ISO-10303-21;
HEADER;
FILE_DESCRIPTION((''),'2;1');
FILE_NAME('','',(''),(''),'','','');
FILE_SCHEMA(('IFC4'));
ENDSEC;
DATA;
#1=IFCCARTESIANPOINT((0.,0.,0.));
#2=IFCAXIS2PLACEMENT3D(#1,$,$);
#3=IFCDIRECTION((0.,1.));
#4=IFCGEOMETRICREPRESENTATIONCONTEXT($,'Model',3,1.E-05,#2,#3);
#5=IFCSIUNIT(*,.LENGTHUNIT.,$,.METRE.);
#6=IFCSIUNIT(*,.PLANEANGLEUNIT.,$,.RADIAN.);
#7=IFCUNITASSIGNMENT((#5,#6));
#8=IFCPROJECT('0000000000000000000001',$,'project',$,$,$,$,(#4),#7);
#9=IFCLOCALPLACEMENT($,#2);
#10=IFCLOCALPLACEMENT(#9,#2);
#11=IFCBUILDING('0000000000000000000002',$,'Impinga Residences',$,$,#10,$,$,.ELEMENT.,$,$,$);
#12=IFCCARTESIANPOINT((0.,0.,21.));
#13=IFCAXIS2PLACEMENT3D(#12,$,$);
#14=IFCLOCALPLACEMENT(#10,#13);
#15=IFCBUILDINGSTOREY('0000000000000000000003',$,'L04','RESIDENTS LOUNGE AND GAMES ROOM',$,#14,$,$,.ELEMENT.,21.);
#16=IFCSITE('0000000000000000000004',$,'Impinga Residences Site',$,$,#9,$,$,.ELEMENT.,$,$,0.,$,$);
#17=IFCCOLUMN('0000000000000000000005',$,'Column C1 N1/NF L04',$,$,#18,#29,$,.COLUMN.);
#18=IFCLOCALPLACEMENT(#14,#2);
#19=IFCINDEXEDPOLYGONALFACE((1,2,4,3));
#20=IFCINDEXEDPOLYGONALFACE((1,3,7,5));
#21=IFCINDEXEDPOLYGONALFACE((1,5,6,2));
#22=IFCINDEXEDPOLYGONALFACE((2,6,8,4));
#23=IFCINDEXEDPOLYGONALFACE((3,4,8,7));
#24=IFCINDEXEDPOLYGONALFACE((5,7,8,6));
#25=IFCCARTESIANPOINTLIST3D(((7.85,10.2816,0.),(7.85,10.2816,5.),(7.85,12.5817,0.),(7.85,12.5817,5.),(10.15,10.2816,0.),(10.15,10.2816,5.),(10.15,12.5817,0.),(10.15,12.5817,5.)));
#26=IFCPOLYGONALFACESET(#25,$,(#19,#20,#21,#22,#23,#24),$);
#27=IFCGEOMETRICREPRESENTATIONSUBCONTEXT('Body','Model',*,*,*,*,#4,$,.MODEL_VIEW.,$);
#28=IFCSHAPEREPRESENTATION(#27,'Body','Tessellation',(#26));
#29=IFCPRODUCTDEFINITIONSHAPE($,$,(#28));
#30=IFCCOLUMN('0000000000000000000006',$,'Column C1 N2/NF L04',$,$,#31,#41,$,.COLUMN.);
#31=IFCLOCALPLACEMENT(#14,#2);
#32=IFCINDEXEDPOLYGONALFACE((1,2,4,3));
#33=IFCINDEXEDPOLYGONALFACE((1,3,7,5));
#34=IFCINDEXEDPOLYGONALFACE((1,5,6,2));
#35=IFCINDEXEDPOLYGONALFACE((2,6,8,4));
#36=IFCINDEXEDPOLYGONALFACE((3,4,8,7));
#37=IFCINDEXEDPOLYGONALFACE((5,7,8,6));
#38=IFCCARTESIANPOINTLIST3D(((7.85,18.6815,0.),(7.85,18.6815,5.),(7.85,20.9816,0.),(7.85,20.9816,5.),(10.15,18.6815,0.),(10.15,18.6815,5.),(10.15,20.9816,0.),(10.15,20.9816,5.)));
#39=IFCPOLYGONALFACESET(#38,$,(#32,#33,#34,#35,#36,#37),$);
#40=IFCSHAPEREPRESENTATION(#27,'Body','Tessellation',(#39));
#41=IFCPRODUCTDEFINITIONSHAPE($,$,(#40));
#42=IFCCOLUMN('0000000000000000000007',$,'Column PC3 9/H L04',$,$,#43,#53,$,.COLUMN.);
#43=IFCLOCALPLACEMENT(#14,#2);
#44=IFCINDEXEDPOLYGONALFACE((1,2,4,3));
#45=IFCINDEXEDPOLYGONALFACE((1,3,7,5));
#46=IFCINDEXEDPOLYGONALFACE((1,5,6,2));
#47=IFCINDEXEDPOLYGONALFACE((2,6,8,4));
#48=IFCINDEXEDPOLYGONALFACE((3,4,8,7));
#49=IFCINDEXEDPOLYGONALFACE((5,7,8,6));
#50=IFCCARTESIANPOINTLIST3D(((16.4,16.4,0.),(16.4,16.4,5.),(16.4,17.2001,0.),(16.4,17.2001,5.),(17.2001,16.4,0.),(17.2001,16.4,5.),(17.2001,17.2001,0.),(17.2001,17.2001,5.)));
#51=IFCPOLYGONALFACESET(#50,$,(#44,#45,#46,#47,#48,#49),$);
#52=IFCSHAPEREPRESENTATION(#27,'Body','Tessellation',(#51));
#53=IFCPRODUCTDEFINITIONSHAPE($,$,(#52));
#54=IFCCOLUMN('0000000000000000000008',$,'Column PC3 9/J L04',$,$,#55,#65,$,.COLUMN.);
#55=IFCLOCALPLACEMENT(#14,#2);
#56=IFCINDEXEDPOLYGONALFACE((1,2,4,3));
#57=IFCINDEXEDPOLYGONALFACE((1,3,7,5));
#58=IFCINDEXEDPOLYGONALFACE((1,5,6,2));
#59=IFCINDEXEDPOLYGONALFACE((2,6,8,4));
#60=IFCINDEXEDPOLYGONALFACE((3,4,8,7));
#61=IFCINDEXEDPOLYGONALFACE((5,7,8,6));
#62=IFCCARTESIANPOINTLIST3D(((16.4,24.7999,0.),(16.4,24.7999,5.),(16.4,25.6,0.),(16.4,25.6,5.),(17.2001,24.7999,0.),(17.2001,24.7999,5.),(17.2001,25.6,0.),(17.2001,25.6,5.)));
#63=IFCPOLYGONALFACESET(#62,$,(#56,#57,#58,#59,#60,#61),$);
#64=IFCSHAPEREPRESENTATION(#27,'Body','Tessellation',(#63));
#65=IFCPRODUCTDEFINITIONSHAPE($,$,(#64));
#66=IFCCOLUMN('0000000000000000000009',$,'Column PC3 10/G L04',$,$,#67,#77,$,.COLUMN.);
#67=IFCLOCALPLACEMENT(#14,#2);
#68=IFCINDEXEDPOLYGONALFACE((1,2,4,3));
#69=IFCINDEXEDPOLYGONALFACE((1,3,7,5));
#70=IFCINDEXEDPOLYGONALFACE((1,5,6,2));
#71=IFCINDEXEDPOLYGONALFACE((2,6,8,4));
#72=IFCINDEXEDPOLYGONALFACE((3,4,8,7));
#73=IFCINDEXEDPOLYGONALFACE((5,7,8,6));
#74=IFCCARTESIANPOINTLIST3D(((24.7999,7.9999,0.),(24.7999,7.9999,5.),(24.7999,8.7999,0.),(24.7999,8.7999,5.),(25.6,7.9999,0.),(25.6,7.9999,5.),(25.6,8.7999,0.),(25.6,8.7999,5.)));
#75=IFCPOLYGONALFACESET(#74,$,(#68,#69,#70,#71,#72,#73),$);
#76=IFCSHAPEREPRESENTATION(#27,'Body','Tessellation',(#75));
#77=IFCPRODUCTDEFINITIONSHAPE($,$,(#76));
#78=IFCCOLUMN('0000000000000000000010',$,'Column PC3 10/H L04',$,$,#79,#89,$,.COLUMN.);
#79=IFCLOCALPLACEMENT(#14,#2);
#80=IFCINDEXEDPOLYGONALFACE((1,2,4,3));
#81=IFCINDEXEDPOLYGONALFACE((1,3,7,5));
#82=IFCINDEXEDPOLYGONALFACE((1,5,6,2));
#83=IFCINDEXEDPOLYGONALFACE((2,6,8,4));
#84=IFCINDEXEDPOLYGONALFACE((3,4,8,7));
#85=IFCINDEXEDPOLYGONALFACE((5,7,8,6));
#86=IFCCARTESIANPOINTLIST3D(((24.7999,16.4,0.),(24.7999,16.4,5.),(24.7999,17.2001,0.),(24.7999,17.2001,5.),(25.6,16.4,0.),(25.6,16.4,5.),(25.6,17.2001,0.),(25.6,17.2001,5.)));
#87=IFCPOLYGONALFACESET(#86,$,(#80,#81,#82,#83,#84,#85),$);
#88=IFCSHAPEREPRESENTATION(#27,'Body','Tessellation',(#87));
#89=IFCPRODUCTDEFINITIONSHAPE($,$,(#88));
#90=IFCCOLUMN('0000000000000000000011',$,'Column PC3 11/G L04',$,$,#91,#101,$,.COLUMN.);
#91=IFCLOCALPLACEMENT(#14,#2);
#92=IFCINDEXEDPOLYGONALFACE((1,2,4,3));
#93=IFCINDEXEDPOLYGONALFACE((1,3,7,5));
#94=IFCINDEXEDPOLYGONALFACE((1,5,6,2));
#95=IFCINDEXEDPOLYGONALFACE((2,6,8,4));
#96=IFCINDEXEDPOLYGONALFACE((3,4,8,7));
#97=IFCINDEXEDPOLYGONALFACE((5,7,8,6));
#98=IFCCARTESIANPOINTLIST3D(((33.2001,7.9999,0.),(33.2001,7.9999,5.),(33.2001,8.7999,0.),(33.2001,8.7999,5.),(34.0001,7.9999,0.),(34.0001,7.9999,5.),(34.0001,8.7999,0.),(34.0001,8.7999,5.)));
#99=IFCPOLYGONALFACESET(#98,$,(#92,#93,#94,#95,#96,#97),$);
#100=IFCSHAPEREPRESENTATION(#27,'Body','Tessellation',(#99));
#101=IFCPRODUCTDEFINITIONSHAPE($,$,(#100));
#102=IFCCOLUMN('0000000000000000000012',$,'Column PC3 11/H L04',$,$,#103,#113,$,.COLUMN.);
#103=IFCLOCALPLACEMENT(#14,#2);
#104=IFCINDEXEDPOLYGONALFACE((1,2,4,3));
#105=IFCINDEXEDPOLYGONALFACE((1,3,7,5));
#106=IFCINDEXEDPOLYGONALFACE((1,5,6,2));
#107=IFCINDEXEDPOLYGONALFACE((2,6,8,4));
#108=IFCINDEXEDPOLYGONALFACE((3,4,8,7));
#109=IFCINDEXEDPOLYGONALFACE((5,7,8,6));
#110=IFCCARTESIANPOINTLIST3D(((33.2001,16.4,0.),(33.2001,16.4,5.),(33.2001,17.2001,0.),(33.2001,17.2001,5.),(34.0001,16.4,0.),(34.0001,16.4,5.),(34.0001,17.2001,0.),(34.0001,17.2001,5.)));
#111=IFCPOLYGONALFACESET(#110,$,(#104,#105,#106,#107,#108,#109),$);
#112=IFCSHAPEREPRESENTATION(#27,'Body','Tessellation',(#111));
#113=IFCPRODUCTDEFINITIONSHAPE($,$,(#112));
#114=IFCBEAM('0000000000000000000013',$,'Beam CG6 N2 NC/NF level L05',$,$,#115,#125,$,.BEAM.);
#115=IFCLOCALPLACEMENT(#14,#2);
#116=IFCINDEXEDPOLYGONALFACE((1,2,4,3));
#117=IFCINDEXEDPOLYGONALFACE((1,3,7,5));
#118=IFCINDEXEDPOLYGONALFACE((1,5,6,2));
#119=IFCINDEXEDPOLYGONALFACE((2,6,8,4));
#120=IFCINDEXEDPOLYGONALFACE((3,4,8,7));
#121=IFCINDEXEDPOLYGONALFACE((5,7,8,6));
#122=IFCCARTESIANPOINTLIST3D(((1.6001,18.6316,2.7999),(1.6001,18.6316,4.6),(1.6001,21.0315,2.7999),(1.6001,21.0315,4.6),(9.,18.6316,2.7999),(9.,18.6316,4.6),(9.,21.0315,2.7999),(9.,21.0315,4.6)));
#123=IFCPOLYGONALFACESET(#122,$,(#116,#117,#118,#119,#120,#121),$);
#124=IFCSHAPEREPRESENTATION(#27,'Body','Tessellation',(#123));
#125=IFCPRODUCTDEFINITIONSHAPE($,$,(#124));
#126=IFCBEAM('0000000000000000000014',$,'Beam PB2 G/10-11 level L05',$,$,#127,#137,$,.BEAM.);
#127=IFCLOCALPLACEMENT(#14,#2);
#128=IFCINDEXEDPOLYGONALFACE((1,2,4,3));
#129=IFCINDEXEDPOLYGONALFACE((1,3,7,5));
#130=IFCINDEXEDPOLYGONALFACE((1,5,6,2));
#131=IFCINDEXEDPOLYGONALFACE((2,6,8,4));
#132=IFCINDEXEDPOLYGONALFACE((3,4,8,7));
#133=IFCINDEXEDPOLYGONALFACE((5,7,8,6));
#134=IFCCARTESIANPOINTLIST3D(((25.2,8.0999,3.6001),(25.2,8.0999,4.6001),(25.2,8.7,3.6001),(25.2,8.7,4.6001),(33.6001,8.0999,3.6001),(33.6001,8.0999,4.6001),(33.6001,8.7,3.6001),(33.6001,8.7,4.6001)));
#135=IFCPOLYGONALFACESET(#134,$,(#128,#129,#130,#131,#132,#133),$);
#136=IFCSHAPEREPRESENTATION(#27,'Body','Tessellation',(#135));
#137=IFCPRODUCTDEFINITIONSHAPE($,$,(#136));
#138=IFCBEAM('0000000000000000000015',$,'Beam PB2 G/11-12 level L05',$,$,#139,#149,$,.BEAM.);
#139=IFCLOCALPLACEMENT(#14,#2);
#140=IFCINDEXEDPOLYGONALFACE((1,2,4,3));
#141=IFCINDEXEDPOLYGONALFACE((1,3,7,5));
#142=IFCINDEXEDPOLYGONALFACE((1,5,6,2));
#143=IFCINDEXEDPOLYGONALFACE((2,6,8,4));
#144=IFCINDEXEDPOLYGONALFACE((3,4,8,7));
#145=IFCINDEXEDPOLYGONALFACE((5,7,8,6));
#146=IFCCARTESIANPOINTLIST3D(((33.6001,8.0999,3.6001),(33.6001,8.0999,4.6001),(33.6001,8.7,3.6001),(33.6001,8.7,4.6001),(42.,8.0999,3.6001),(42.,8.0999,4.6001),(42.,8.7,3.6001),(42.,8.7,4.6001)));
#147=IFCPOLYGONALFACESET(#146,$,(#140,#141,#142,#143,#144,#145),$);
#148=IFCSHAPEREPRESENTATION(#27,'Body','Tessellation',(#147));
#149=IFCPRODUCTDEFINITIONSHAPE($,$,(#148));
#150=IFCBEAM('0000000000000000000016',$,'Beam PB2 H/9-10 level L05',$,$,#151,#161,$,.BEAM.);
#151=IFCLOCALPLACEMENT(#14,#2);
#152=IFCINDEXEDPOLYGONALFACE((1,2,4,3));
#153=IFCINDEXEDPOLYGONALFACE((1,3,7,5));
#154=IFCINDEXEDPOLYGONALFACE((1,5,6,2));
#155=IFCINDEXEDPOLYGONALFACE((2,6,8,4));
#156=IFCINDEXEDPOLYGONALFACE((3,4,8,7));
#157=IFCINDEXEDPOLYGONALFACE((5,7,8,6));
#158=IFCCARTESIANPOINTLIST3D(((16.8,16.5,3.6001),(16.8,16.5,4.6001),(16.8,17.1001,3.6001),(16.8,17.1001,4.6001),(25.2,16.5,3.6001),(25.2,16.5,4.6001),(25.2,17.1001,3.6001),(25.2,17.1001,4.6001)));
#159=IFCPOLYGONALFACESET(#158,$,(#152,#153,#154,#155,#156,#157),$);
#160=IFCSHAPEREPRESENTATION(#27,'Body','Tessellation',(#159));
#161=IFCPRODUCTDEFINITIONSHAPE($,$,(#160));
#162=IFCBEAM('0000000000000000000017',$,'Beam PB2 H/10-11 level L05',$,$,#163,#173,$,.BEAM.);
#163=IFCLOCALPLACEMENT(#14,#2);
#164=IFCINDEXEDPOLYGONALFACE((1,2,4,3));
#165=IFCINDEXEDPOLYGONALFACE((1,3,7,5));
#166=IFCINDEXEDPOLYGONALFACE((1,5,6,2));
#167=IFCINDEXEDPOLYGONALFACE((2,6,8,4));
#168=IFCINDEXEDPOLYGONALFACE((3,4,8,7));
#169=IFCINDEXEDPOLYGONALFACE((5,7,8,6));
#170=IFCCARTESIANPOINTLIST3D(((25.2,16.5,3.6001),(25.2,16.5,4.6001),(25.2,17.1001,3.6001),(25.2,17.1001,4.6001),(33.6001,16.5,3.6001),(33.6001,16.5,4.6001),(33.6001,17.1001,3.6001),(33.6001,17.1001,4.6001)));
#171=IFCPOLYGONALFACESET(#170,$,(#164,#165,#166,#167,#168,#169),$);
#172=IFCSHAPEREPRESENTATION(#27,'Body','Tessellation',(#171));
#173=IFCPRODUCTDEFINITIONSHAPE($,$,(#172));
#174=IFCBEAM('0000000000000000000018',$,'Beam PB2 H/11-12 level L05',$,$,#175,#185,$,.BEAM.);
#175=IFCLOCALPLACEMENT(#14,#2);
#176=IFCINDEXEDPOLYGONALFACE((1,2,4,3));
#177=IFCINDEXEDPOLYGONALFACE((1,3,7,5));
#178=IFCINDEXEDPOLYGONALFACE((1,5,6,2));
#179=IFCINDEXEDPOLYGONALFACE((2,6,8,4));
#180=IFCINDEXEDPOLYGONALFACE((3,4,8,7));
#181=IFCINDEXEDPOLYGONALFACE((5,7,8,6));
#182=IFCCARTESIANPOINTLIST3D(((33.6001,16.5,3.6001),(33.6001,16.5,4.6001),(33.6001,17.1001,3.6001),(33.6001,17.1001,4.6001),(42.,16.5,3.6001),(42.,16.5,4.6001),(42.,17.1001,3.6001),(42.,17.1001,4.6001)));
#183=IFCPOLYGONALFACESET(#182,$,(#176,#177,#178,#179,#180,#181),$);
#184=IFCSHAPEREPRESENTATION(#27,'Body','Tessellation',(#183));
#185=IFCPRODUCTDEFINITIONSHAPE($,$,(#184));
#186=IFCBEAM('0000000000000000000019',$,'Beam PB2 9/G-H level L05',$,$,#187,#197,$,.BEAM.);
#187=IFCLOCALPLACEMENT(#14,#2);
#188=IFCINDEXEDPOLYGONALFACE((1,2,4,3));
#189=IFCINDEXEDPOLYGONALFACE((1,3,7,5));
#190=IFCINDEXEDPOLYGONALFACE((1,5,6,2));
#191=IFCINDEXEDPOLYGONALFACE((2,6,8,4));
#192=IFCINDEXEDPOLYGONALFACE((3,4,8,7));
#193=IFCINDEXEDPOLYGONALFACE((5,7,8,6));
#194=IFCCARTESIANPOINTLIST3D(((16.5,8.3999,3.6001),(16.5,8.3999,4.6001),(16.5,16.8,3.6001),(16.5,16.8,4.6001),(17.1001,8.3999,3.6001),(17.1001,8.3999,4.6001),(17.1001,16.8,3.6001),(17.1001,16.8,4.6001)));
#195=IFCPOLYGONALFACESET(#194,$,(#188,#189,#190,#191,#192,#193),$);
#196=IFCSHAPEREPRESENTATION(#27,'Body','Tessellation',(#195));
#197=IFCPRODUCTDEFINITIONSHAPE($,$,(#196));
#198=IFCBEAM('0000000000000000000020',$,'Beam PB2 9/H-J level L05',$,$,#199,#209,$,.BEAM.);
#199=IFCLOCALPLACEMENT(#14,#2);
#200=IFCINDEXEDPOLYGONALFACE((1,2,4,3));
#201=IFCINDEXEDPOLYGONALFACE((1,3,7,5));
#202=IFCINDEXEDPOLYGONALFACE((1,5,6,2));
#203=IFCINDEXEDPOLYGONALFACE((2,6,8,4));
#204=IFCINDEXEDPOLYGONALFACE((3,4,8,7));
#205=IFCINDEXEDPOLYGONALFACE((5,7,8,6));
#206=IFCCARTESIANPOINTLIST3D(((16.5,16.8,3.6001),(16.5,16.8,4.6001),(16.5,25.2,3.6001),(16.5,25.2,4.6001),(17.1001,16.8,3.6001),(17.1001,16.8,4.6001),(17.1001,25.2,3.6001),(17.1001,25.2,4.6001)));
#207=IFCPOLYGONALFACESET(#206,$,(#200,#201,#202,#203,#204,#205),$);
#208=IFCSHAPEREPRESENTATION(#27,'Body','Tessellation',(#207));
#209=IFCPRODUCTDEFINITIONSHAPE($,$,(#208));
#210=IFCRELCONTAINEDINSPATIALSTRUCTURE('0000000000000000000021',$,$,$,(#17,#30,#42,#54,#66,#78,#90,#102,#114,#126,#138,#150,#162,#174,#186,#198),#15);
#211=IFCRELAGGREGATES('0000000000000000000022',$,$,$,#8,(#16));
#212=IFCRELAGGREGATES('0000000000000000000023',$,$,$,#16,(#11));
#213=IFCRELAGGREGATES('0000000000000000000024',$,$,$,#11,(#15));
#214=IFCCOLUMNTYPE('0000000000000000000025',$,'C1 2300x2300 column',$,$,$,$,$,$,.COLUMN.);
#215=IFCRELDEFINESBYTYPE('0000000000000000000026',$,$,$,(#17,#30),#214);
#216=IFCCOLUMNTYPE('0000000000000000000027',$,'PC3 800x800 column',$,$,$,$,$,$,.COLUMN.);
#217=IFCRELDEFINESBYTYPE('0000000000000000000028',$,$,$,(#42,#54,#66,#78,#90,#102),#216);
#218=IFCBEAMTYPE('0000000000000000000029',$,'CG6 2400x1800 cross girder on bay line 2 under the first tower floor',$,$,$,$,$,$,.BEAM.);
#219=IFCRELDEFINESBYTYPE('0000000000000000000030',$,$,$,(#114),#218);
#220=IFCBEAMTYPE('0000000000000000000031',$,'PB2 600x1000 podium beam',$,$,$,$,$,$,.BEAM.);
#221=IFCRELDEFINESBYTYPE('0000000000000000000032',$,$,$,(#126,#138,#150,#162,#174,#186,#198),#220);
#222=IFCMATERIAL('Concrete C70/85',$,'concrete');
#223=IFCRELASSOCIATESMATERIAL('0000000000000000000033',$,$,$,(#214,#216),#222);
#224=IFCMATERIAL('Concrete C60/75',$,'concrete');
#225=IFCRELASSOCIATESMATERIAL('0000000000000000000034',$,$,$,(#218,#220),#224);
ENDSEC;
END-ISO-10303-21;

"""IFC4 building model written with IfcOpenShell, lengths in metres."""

from ifc_helpers import new_model, si_unit, direction, frame, origin, origin_2d, place, context, subcontext, project, spatial, rectangle, extrude, material, material_profile, profile_set, type_object, element, save


model = new_model("IFC4")

# Units and contexts
model_context = context("Model", 3, precision=1e-05, world=origin(), true_north=direction((0.0, 1.0)))
body_context = subcontext(model_context, "Body", "Model", "MODEL_VIEW")
ifc_project = project(units=[si_unit("LENGTHUNIT", "METRE"), si_unit("PLANEANGLEUNIT", "RADIAN")], contexts=[model_context])

# Site, building, storey
site_placement = place(None, origin())
site = spatial("IfcSite", under=ifc_project, at=site_placement, Name="Impinga Residences Site", CompositionType="ELEMENT", RefElevation=0.0)
building_placement = place(site_placement, origin())
building = spatial("IfcBuilding", under=site, at=building_placement, Name="Impinga Residences", CompositionType="ELEMENT")
storey_placement = place(building_placement, frame((0.0, 0.0, 21.0)))
storey = spatial("IfcBuildingStorey", under=building, at=storey_placement, Name="L04", Description="RESIDENTS LOUNGE AND GAMES ROOM", CompositionType="ELEMENT", Elevation=21.0)

# Columns
ifc_material_1 = material(Name="Concrete C70/85", Category="concrete")
ifc_material_profile_1 = material_profile(ifc_material_1, rectangle(XDim=2.3, YDim=2.3, at=origin_2d()), Name="RC 2300x2300")
ifc_profile_set_1 = profile_set([ifc_material_profile_1], Name="Concrete C70/85")
column_type_1 = type_object("IfcColumnType", Name="C1 2300x2300 column", PredefinedType="COLUMN", material=ifc_profile_set_1)
for number, where, z_axis, x_axis, name in (
    (1, (9.0, 11.4316, 0.0), (0.0, 0.0, 1.0), (1.0, 0.0, 0.0), "Column C1 N1/NF L04"),
    (2, (9.0, 19.8315, 0.0), (0.0, 0.0, 1.0), (1.0, 0.0, 0.0), "Column C1 N2/NF L04"),
):
    element("IfcColumn", number, at=place(storey_placement, frame(where, z_axis=z_axis, x_axis=x_axis)), inside=storey, type_object=column_type_1, Name=name, PredefinedType="COLUMN", context=body_context, shape_type="SweptSolid", body=[
        extrude(rectangle(XDim=2.3, YDim=2.3, at=origin_2d()), origin(), (0.0, 0.0, 1.0), 5.0),
    ])
ifc_material_profile_2 = material_profile(ifc_material_1, rectangle(XDim=0.8, YDim=0.8, at=origin_2d()), Name="RC 800x800")
ifc_profile_set_2 = profile_set([ifc_material_profile_2], Name="Concrete C70/85")
column_type_2 = type_object("IfcColumnType", Name="PC3 800x800 column", PredefinedType="COLUMN", material=ifc_profile_set_2)
for number, where, z_axis, x_axis, name in (
    (3, (16.8, 16.8, 0.0), (0.0, 0.0, 1.0), (1.0, 0.0, 0.0), "Column PC3 9/H L04"),
    (4, (16.8, 25.2, 0.0), (0.0, 0.0, 1.0), (1.0, 0.0, 0.0), "Column PC3 9/J L04"),
    (5, (25.2, 8.3999, 0.0), (0.0, 0.0, 1.0), (1.0, 0.0, 0.0), "Column PC3 10/G L04"),
    (6, (25.2, 16.8, 0.0), (0.0, 0.0, 1.0), (1.0, 0.0, 0.0), "Column PC3 10/H L04"),
    (7, (33.6001, 8.3999, 0.0), (0.0, 0.0, 1.0), (1.0, 0.0, 0.0), "Column PC3 11/G L04"),
    (8, (33.6001, 16.8, 0.0), (0.0, 0.0, 1.0), (1.0, 0.0, 0.0), "Column PC3 11/H L04"),
):
    element("IfcColumn", number, at=place(storey_placement, frame(where, z_axis=z_axis, x_axis=x_axis)), inside=storey, type_object=column_type_2, Name=name, PredefinedType="COLUMN", context=body_context, shape_type="SweptSolid", body=[
        extrude(rectangle(XDim=0.8, YDim=0.8, at=origin_2d()), origin(), (0.0, 0.0, 1.0), 5.0),
    ])

# Beams
ifc_material_2 = material(Name="Concrete C60/75", Category="concrete")
ifc_material_profile_3 = material_profile(ifc_material_2, rectangle(XDim=2.3999, YDim=1.8, at=origin_2d()), Name="RC 2400x1800")
ifc_profile_set_3 = profile_set([ifc_material_profile_3], Name="Concrete C60/75")
beam_type_1 = type_object("IfcBeamType", Name="CG6 2400x1800 cross girder on bay line 2 under the first tower floor", PredefinedType="BEAM", material=ifc_profile_set_3)
beam_1_placement = place(storey_placement, frame((1.6001, 19.8315, 3.7), z_axis=(1.0, 0.0, 0.0), x_axis=(0.0, 1.0, 0.0)))
element("IfcBeam", 9, at=beam_1_placement, inside=storey, type_object=beam_type_1, Name="Beam CG6 N2 NC/NF level L05", PredefinedType="BEAM", context=body_context, shape_type="SweptSolid", body=[
    extrude(rectangle(XDim=2.3999, YDim=1.8, at=origin_2d()), origin(), (0.0, 0.0, 1.0), 7.3999),
])
ifc_material_profile_4 = material_profile(ifc_material_2, rectangle(XDim=0.6001, YDim=1.0, at=origin_2d()), Name="RC 600x1000")
ifc_profile_set_4 = profile_set([ifc_material_profile_4], Name="Concrete C60/75")
beam_type_2 = type_object("IfcBeamType", Name="PB2 600x1000 podium beam", PredefinedType="BEAM", material=ifc_profile_set_4)
beam_2_placement = place(storey_placement, frame((25.2, 8.3999, 4.1001), z_axis=(1.0, 0.0, 0.0), x_axis=(0.0, 1.0, 0.0)))
element("IfcBeam", 10, at=beam_2_placement, inside=storey, type_object=beam_type_2, Name="Beam PB2 G/10-11 level L05", PredefinedType="BEAM", context=body_context, shape_type="SweptSolid", body=[
    extrude(rectangle(XDim=0.6001, YDim=1.0, at=origin_2d()), origin(), (0.0, 0.0, 1.0), 8.4001),
])
for number, where, z_axis, x_axis, name in (
    (11, (33.6001, 8.3999, 4.1001), (1.0, 0.0, 0.0), (0.0, 1.0, 0.0), "Beam PB2 G/11-12 level L05"),
    (12, (16.8, 16.8, 4.1001), (1.0, 0.0, 0.0), (0.0, 1.0, 0.0), "Beam PB2 H/9-10 level L05"),
):
    element("IfcBeam", number, at=place(storey_placement, frame(where, z_axis=z_axis, x_axis=x_axis)), inside=storey, type_object=beam_type_2, Name=name, PredefinedType="BEAM", context=body_context, shape_type="SweptSolid", body=[
        extrude(rectangle(XDim=0.6001, YDim=1.0, at=origin_2d()), origin(), (0.0, 0.0, 1.0), 8.3999),
    ])
beam_3_placement = place(storey_placement, frame((25.2, 16.8, 4.1001), z_axis=(1.0, 0.0, 0.0), x_axis=(0.0, 1.0, 0.0)))
element("IfcBeam", 13, at=beam_3_placement, inside=storey, type_object=beam_type_2, Name="Beam PB2 H/10-11 level L05", PredefinedType="BEAM", context=body_context, shape_type="SweptSolid", body=[
    extrude(rectangle(XDim=0.6001, YDim=1.0, at=origin_2d()), origin(), (0.0, 0.0, 1.0), 8.4001),
])
beam_4_placement = place(storey_placement, frame((33.6001, 16.8, 4.1001), z_axis=(1.0, 0.0, 0.0), x_axis=(0.0, 1.0, 0.0)))
element("IfcBeam", 14, at=beam_4_placement, inside=storey, type_object=beam_type_2, Name="Beam PB2 H/11-12 level L05", PredefinedType="BEAM", context=body_context, shape_type="SweptSolid", body=[
    extrude(rectangle(XDim=0.6001, YDim=1.0, at=origin_2d()), origin(), (0.0, 0.0, 1.0), 8.3999),
])
beam_5_placement = place(storey_placement, frame((16.8, 8.3999, 4.1001), z_axis=(0.0, 1.0, 0.0), x_axis=(-1.0, 0.0, 0.0)))
element("IfcBeam", 15, at=beam_5_placement, inside=storey, type_object=beam_type_2, Name="Beam PB2 9/G-H level L05", PredefinedType="BEAM", context=body_context, shape_type="SweptSolid", body=[
    extrude(rectangle(XDim=0.6001, YDim=1.0, at=origin_2d()), origin(), (0.0, 0.0, 1.0), 8.4001),
])
beam_6_placement = place(storey_placement, frame((16.8, 16.8, 4.1001), z_axis=(0.0, 1.0, 0.0), x_axis=(-1.0, 0.0, 0.0)))
element("IfcBeam", 16, at=beam_6_placement, inside=storey, type_object=beam_type_2, Name="Beam PB2 9/H-J level L05", PredefinedType="BEAM", context=body_context, shape_type="SweptSolid", body=[
    extrude(rectangle(XDim=0.6001, YDim=1.0, at=origin_2d()), origin(), (0.0, 0.0, 1.0), 8.3999),
])

save(model, "model.ifc")
